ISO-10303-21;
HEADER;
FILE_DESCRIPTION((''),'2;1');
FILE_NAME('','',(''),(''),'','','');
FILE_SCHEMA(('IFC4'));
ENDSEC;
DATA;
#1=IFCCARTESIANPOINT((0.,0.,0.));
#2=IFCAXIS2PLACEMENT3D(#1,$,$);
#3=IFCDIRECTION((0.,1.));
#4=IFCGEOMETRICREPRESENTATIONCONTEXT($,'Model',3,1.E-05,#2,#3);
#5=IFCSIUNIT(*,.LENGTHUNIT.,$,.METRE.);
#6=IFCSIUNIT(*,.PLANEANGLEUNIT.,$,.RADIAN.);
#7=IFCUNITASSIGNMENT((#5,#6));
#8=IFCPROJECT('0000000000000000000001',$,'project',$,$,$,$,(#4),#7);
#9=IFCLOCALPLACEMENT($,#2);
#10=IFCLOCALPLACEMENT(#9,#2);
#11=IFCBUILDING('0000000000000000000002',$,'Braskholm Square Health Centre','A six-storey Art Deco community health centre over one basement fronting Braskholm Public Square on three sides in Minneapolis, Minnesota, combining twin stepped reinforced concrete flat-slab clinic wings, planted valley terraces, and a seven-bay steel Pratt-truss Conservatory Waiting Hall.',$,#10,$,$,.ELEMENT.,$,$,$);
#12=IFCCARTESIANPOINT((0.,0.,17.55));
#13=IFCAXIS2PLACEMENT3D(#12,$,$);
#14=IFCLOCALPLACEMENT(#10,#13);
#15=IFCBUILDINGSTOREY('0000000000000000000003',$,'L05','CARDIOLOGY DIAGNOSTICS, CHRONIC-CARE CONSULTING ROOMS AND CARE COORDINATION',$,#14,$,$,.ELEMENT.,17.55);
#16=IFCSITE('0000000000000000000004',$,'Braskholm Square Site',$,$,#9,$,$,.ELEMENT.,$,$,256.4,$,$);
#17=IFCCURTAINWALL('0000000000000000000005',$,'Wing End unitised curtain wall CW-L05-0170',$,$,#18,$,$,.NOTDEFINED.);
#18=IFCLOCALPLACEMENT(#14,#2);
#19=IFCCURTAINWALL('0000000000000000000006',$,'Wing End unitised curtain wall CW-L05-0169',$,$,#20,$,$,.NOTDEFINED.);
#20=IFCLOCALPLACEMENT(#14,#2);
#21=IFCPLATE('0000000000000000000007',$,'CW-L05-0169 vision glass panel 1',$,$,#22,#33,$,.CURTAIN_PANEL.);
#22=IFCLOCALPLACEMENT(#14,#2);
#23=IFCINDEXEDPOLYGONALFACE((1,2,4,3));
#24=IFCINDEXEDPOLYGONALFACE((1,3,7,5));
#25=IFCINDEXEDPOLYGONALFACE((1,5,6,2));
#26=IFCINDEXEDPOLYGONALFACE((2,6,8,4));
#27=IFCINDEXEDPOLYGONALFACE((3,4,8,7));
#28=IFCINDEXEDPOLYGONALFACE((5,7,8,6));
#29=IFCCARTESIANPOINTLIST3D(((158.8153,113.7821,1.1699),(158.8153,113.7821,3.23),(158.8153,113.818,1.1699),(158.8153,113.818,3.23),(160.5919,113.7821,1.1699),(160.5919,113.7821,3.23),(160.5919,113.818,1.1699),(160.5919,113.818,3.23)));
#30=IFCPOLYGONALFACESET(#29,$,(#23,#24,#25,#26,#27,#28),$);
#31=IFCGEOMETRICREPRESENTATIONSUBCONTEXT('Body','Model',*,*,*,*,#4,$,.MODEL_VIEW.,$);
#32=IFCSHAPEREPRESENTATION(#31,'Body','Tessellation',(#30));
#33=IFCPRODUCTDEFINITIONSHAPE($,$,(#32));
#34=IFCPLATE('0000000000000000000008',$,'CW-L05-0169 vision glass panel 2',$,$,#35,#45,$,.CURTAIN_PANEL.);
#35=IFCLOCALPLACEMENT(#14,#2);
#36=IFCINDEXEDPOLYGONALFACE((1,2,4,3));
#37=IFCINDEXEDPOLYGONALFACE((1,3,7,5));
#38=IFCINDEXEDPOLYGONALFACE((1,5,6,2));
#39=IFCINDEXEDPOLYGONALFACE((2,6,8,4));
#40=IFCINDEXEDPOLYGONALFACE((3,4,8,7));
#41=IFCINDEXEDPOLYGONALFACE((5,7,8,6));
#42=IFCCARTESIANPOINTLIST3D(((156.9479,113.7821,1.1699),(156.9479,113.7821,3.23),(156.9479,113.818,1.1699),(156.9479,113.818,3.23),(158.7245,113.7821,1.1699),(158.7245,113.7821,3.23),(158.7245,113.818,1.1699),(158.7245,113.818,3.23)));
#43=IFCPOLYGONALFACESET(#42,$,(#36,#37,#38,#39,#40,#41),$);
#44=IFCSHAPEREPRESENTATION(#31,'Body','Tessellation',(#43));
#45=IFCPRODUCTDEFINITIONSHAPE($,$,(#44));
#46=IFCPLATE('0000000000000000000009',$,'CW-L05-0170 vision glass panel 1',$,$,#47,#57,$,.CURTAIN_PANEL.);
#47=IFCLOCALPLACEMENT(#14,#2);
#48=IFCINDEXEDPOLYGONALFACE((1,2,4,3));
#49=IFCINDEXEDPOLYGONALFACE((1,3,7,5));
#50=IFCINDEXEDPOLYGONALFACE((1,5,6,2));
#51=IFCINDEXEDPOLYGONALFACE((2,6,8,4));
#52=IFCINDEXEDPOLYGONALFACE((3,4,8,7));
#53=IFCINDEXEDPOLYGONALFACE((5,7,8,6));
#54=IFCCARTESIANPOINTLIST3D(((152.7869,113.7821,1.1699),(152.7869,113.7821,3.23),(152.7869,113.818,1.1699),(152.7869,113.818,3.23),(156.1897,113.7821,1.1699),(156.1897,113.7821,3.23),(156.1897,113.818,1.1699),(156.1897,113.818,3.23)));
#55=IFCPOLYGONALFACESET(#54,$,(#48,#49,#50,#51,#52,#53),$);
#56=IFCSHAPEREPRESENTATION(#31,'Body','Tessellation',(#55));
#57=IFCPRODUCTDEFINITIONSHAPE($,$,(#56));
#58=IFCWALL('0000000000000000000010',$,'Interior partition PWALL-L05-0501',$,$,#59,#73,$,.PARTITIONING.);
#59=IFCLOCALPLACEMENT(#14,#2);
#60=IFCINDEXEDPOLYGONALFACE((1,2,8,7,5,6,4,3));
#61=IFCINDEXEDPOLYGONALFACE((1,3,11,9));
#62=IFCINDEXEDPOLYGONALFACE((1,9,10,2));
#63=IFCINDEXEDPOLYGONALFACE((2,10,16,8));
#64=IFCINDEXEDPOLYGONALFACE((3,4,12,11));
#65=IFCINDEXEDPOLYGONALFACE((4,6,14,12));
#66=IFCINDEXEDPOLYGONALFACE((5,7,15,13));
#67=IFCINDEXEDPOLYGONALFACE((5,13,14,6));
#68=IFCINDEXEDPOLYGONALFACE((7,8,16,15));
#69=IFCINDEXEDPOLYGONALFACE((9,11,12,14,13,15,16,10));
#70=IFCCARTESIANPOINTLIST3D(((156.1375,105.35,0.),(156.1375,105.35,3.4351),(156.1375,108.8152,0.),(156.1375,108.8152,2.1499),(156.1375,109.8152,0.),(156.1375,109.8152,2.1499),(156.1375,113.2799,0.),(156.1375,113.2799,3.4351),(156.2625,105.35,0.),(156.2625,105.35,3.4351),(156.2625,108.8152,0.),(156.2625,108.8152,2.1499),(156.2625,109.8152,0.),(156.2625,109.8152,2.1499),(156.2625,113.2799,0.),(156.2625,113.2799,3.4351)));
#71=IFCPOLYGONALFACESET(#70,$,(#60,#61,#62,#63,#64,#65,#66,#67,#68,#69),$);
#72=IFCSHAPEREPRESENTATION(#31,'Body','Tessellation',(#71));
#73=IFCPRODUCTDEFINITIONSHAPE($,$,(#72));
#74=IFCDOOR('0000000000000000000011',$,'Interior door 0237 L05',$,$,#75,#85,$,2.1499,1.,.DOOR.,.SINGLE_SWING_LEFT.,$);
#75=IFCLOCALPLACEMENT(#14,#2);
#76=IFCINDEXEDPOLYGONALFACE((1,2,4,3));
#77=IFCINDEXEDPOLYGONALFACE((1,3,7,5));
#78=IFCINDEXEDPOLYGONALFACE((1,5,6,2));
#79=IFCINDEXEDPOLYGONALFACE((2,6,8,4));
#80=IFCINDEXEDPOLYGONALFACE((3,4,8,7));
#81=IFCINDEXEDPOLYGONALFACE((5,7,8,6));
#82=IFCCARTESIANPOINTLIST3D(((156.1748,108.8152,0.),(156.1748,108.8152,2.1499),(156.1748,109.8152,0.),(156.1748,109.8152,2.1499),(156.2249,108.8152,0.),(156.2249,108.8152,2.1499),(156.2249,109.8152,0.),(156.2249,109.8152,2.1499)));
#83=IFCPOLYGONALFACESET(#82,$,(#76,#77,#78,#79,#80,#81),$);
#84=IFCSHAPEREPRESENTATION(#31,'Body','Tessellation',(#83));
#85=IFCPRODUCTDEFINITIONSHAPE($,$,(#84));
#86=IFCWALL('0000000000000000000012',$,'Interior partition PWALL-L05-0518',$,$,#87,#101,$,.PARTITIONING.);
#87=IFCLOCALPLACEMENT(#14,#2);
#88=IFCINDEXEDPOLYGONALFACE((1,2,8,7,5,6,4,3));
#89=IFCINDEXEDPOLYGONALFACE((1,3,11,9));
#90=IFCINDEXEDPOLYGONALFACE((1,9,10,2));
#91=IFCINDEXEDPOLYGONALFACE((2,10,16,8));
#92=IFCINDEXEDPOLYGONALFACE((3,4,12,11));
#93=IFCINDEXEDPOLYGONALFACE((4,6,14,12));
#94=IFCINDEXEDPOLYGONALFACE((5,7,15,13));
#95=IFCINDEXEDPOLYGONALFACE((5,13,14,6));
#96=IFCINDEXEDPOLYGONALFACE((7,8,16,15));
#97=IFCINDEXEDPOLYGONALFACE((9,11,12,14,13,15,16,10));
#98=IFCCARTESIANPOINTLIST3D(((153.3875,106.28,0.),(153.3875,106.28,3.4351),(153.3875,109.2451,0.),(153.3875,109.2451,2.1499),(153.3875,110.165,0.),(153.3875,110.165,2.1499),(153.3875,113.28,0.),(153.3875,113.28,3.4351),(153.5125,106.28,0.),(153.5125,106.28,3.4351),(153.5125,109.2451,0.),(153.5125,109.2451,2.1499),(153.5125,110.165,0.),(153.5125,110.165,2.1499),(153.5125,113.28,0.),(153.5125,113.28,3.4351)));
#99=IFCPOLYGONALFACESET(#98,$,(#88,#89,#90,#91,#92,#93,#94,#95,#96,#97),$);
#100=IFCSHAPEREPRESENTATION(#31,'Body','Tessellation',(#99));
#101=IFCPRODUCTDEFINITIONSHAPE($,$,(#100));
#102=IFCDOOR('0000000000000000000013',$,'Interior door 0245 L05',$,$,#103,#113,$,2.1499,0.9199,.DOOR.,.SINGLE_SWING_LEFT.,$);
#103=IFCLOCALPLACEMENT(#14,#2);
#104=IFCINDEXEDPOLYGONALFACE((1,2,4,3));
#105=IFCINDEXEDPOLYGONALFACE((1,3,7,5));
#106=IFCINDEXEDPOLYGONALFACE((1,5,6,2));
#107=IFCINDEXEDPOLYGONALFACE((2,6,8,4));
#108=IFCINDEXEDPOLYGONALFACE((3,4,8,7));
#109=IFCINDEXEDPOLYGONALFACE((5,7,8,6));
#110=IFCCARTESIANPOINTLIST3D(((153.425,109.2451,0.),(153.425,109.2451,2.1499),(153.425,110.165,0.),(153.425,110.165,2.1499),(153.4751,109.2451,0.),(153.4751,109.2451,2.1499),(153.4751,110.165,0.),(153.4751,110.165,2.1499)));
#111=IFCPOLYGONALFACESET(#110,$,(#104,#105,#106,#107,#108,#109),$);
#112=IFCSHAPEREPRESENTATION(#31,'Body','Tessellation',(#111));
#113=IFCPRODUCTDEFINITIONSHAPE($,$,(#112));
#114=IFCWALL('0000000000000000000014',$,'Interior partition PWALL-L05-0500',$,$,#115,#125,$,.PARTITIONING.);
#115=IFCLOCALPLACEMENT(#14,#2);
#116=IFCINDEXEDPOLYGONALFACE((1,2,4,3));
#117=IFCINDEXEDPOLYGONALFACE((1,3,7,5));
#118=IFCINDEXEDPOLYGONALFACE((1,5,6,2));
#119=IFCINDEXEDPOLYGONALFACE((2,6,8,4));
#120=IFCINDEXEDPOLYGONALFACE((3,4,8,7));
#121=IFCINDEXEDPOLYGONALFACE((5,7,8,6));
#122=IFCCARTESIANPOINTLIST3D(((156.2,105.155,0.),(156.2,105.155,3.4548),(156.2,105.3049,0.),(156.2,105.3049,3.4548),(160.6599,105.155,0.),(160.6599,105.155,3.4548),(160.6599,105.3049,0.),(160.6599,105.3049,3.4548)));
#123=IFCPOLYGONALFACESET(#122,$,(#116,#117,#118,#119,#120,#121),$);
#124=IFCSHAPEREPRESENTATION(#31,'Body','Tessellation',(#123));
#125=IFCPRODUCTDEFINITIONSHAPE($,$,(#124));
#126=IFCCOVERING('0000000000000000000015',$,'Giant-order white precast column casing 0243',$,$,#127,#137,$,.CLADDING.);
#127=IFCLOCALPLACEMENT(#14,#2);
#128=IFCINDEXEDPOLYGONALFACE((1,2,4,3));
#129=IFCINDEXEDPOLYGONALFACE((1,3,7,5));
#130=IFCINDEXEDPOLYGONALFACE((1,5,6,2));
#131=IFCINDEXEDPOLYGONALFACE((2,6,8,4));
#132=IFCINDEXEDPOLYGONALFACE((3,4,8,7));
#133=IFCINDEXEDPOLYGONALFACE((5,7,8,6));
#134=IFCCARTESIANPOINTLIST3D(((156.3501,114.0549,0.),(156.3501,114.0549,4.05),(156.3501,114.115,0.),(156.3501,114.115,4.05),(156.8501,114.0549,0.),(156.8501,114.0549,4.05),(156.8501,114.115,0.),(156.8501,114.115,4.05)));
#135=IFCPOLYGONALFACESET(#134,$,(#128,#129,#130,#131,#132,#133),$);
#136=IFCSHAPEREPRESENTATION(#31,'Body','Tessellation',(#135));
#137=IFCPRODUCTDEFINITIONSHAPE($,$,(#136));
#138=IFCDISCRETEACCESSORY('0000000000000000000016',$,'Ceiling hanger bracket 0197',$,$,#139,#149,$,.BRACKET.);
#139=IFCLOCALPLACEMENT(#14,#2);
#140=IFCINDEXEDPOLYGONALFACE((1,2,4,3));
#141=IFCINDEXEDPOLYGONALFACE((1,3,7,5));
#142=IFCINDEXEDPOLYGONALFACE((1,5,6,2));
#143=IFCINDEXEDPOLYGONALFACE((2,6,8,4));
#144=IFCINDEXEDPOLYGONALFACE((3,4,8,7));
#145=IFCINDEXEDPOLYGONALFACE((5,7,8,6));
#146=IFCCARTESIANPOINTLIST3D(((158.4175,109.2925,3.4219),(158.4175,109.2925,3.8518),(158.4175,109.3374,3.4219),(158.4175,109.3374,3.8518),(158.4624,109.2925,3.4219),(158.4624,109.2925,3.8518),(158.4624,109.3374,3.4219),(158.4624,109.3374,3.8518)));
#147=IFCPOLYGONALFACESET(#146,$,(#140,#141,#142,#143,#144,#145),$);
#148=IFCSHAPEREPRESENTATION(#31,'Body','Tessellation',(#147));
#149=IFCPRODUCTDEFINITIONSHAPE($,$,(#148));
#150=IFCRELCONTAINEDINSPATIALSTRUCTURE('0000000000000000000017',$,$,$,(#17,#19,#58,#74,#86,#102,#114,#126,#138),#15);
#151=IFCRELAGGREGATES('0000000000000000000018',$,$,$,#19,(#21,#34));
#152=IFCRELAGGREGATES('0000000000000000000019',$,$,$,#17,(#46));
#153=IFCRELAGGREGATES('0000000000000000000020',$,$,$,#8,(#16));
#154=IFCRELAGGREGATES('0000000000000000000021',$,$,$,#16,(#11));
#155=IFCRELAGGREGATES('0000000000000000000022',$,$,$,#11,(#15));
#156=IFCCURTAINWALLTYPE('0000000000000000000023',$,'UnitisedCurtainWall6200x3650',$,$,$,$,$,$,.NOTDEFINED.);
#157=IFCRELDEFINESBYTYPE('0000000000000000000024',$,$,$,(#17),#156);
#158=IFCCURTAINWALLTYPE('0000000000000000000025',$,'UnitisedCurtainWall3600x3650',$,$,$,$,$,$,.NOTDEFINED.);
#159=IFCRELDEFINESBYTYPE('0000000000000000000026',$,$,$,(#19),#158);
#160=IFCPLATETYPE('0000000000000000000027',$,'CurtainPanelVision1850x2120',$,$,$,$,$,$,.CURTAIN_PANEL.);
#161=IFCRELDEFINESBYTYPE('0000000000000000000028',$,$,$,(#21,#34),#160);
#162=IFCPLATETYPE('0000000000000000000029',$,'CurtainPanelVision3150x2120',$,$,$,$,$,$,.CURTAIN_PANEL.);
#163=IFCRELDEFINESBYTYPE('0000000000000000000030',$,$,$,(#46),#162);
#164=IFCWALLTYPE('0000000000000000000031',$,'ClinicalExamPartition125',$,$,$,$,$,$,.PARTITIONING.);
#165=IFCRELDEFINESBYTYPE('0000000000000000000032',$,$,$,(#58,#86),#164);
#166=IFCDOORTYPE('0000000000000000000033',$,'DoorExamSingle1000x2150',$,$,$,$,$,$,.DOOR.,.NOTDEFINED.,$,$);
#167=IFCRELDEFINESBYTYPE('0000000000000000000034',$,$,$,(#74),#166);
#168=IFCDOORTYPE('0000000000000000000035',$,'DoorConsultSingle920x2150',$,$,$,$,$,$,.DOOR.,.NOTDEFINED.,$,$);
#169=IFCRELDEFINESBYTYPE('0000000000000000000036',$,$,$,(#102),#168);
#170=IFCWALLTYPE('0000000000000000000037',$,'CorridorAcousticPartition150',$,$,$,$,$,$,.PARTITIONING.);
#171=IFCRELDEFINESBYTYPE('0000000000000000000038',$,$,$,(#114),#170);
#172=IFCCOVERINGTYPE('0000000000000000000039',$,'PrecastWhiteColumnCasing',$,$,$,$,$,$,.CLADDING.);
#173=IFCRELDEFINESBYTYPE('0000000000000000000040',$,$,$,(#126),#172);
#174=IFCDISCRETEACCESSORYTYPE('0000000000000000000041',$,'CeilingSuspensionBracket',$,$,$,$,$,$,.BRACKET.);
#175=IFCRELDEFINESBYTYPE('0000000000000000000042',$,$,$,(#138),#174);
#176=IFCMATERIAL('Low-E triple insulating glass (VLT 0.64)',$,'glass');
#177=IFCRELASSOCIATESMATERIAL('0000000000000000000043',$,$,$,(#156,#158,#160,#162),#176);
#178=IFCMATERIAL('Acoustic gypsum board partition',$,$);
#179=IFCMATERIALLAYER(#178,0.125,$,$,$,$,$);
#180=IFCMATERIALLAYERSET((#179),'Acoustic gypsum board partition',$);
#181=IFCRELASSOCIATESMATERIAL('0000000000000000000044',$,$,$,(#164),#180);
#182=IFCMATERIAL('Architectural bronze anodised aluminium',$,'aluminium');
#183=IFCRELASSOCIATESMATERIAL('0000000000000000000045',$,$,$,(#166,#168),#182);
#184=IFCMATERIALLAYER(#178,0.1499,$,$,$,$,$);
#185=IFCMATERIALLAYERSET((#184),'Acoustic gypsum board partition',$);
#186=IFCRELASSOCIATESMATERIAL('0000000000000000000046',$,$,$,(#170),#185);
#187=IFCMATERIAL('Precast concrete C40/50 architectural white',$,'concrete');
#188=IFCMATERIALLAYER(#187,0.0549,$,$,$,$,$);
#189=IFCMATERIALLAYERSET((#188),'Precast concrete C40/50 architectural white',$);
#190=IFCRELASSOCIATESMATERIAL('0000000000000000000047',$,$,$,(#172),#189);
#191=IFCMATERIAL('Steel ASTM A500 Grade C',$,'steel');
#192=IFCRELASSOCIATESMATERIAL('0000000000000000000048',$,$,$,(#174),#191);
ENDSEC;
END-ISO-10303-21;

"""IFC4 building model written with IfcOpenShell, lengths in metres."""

from ifc_helpers import new_model, si_unit, direction, frame, frame_2d, origin, origin_with_axes, origin_2d, place, context, subcontext, project, spatial, rectangle, extrude, material, layer, layer_set, type_object, element, fill, aggregate, save


model = new_model("IFC4")

# Units and contexts
model_context = context("Model", 3, precision=1e-05, world=origin(), true_north=direction((0.0, 1.0)))
body_context = subcontext(model_context, "Body", "Model", "MODEL_VIEW")
ifc_project = project(units=[si_unit("LENGTHUNIT", "METRE"), si_unit("PLANEANGLEUNIT", "RADIAN")], contexts=[model_context])

# Site, building, storey
site_placement = place(None, origin())
site = spatial("IfcSite", under=ifc_project, at=site_placement, Name="Braskholm Square Site", CompositionType="ELEMENT", RefElevation=256.4)
building_placement = place(site_placement, origin())
building = spatial("IfcBuilding", under=site, at=building_placement, Name="Braskholm Square Health Centre", Description="A six-storey Art Deco community health centre over one basement fronting Braskholm Public Square on three sides in Minneapolis, Minnesota, combining twin stepped reinforced concrete flat-slab clinic wings, planted valley terraces, and a seven-bay steel Pratt-truss Conservatory Waiting Hall.", CompositionType="ELEMENT")
storey_placement = place(building_placement, frame((0.0, 0.0, 17.55)))
storey = spatial("IfcBuildingStorey", under=building, at=storey_placement, Name="L05", Description="CARDIOLOGY DIAGNOSTICS, CHRONIC-CARE CONSULTING ROOMS AND CARE COORDINATION", CompositionType="ELEMENT", Elevation=17.55)

# Shared definitions
ifc_material_1 = material(Name="Precast concrete C40/50 architectural white", Category="concrete")

# Curtain wall
ifc_material_2 = material(Name="Low-E triple insulating glass (VLT 0.64)", Category="glass")
curtain_wall_type_1 = type_object("IfcCurtainWallType", Name="UnitisedCurtainWall6200x3650", PredefinedType="NOTDEFINED", material=ifc_material_2)
curtain_wall_1_placement = place(storey_placement, origin())
curtain_wall_1 = element("IfcCurtainWall", 1, at=curtain_wall_1_placement, inside=storey, type_object=curtain_wall_type_1, Name="Wing End unitised curtain wall CW-L05-0170", PredefinedType="NOTDEFINED")
ifc_material_3 = material(Name="Architectural bronze anodised aluminium", Category="aluminium")

# Curtain wall
curtain_wall_type_2 = type_object("IfcCurtainWallType", Name="UnitisedCurtainWall3600x3650", PredefinedType="NOTDEFINED", material=ifc_material_2)
curtain_wall_2_placement = place(storey_placement, origin())
curtain_wall_2 = element("IfcCurtainWall", 2, at=curtain_wall_2_placement, inside=storey, type_object=curtain_wall_type_2, Name="Wing End unitised curtain wall CW-L05-0169", PredefinedType="NOTDEFINED")

# Plates
plate_type_1 = type_object("IfcPlateType", Name="CurtainPanelVision1850x2120", PredefinedType="CURTAIN_PANEL", material=ifc_material_2)
plate_1_placement = place(storey_placement, frame((159.7036, 113.8, 1.1699), z_axis=(0.0, 0.0, 1.0), x_axis=(-1.0, 0.0, 0.0)))
plate_1 = element("IfcPlate", 3, at=plate_1_placement, type_object=plate_type_1, Name="CW-L05-0169 vision glass panel 1", PredefinedType="CURTAIN_PANEL", context=body_context, shape_type="SweptSolid", body=[
    extrude(rectangle(XDim=1.7766, YDim=0.0359, at=origin_2d()), origin(), (0.0, 0.0, 1.0), 2.0601),
])
plate_2_placement = place(storey_placement, frame((157.8362, 113.8, 1.1699), z_axis=(0.0, 0.0, 1.0), x_axis=(-1.0, 0.0, 0.0)))
plate_2 = element("IfcPlate", 4, at=plate_2_placement, type_object=plate_type_1, Name="CW-L05-0169 vision glass panel 2", PredefinedType="CURTAIN_PANEL", context=body_context, shape_type="SweptSolid", body=[
    extrude(rectangle(XDim=1.7766, YDim=0.0359, at=origin_2d()), origin(), (0.0, 0.0, 1.0), 2.0601),
])
aggregate(curtain_wall_2, [plate_1, plate_2])
plate_type_2 = type_object("IfcPlateType", Name="CurtainPanelVision3150x2120", PredefinedType="CURTAIN_PANEL", material=ifc_material_2)
plate_3_placement = place(storey_placement, frame((154.4883, 113.8, 1.1699), z_axis=(0.0, 0.0, 1.0), x_axis=(-1.0, 0.0, 0.0)))
plate_3 = element("IfcPlate", 5, at=plate_3_placement, type_object=plate_type_2, Name="CW-L05-0170 vision glass panel 1", PredefinedType="CURTAIN_PANEL", context=body_context, shape_type="SweptSolid", body=[
    extrude(rectangle(XDim=3.4028, YDim=0.0359, at=origin_2d()), origin(), (0.0, 0.0, 1.0), 2.0601),
])
aggregate(curtain_wall_1, [plate_3])

# Walls, openings, doors
ifc_material_4 = material(Name="Acoustic gypsum board partition")
ifc_layer_1 = layer(ifc_material_4, 0.125)
ifc_layer_set_1 = layer_set([ifc_layer_1], Name="Acoustic gypsum board partition")
wall_type_1 = type_object("IfcWallType", Name="ClinicalExamPartition125", PredefinedType="PARTITIONING", material=ifc_layer_set_1)
wall_1_placement = place(storey_placement, frame((156.2, 105.3501, 0.0), z_axis=(0.0, 0.0, 1.0), x_axis=(0.0, 1.0, 0.0)))
wall_1 = element("IfcWall", 6, at=wall_1_placement, inside=storey, type_object=wall_type_1, Name="Interior partition PWALL-L05-0501", PredefinedType="PARTITIONING", context=body_context, shape_type="SweptSolid", body=[
    extrude(rectangle(XDim=7.9299, YDim=0.125, at=frame_2d((3.9648, 0.0))), origin(), (0.0, 0.0, 1.0), 3.4351),
])
opening_1_placement = place(wall_1_placement, frame((3.4651, 0.0, 0.0)))
opening_1 = element("IfcOpeningElement", 7, at=opening_1_placement, cuts=wall_1, PredefinedType="OPENING", context=body_context, shape_type="SweptSolid", body=[
    extrude(rectangle(XDim=1.0, YDim=2.1499, at=frame_2d((0.5, 1.075))), frame((0.0, 0.0725, 0.0), z_axis=(0.0, -1.0, 0.0), x_axis=(1.0, 0.0, 0.0)), (0.0, 0.0, 1.0), 0.145),
])
door_type_1 = type_object("IfcDoorType", Name="DoorExamSingle1000x2150", OperationType="NOTDEFINED", PredefinedType="DOOR", material=ifc_material_3)
door_1_placement = place(opening_1_placement, frame((1.0, 0.0, 0.0), z_axis=(0.0, 0.0, 1.0), x_axis=(-1.0, 0.0, 0.0)))
door_1 = element("IfcDoor", 8, at=door_1_placement, inside=storey, type_object=door_type_1, Name="Interior door 0237 L05", OperationType="SINGLE_SWING_LEFT", OverallHeight=2.1499, OverallWidth=1.0, PredefinedType="DOOR", context=body_context, shape_type="SweptSolid", body=[
    extrude(rectangle(XDim=1.0, YDim=2.1499, at=frame_2d((0.5, 1.075))), frame((0.0, 0.0249, 0.0), z_axis=(0.0, -1.0, 0.0), x_axis=(1.0, 0.0, 0.0)), (0.0, 0.0, 1.0), 0.05),
])
fill(opening_1, door_1)
wall_2_placement = place(storey_placement, frame((153.45, 106.28, 0.0), z_axis=(0.0, 0.0, 1.0), x_axis=(0.0, 1.0, 0.0)))
wall_2 = element("IfcWall", 9, at=wall_2_placement, inside=storey, type_object=wall_type_1, Name="Interior partition PWALL-L05-0518", PredefinedType="PARTITIONING", context=body_context, shape_type="SweptSolid", body=[
    extrude(rectangle(XDim=7.0, YDim=0.125, at=frame_2d((3.5, 0.0))), origin(), (0.0, 0.0, 1.0), 3.4351),
])
opening_2_placement = place(wall_2_placement, frame((2.9651, 0.0, 0.0)))
opening_2 = element("IfcOpeningElement", 10, at=opening_2_placement, cuts=wall_2, PredefinedType="OPENING", context=body_context, shape_type="SweptSolid", body=[
    extrude(rectangle(XDim=0.9199, YDim=2.1499, at=frame_2d((0.46, 1.075))), frame((0.0, 0.0725, 0.0), z_axis=(0.0, -1.0, 0.0), x_axis=(1.0, 0.0, 0.0)), (0.0, 0.0, 1.0), 0.145),
])
door_type_2 = type_object("IfcDoorType", Name="DoorConsultSingle920x2150", OperationType="NOTDEFINED", PredefinedType="DOOR", material=ifc_material_3)
door_2_placement = place(opening_2_placement, origin_with_axes())
door_2 = element("IfcDoor", 11, at=door_2_placement, inside=storey, type_object=door_type_2, Name="Interior door 0245 L05", OperationType="SINGLE_SWING_LEFT", OverallHeight=2.1499, OverallWidth=0.9199, PredefinedType="DOOR", context=body_context, shape_type="SweptSolid", body=[
    extrude(rectangle(XDim=0.9199, YDim=2.1499, at=frame_2d((0.46, 1.075))), frame((0.0, 0.0249, 0.0), z_axis=(0.0, -1.0, 0.0), x_axis=(1.0, 0.0, 0.0)), (0.0, 0.0, 1.0), 0.05),
])
fill(opening_2, door_2)

# Wall
ifc_layer_2 = layer(ifc_material_4, 0.1499)
ifc_layer_set_2 = layer_set([ifc_layer_2], Name="Acoustic gypsum board partition")
wall_type_2 = type_object("IfcWallType", Name="CorridorAcousticPartition150", PredefinedType="PARTITIONING", material=ifc_layer_set_2)
wall_3_placement = place(storey_placement, frame((156.2, 105.23, 0.0), z_axis=(0.0, 0.0, 1.0), x_axis=(1.0, 0.0, 0.0)))
element("IfcWall", 12, at=wall_3_placement, inside=storey, type_object=wall_type_2, Name="Interior partition PWALL-L05-0500", PredefinedType="PARTITIONING", context=body_context, shape_type="SweptSolid", body=[
    extrude(rectangle(XDim=4.46, YDim=0.1499, at=frame_2d((2.23, 0.0))), origin(), (0.0, 0.0, 1.0), 3.4548),
])

# Covering
ifc_layer_3 = layer(ifc_material_1, 0.0549)
ifc_layer_set_3 = layer_set([ifc_layer_3], Name="Precast concrete C40/50 architectural white")
covering_type = type_object("IfcCoveringType", Name="PrecastWhiteColumnCasing", PredefinedType="CLADDING", material=ifc_layer_set_3)
covering_placement = place(storey_placement, frame((156.6001, 114.085, 0.0), z_axis=(0.0, 0.0, 1.0), x_axis=(1.0, 0.0, 0.0)))
element("IfcCovering", 13, at=covering_placement, inside=storey, type_object=covering_type, Name="Giant-order white precast column casing 0243", PredefinedType="CLADDING", context=body_context, shape_type="SweptSolid", body=[
    extrude(rectangle(XDim=0.5, YDim=0.0601, at=origin_2d()), origin(), (0.0, 0.0, 1.0), 4.05),
])

# Discrete accessory
ifc_material_5 = material(Name="Steel ASTM A500 Grade C", Category="steel")
discrete_accessory_type = type_object("IfcDiscreteAccessoryType", Name="CeilingSuspensionBracket", PredefinedType="BRACKET", material=ifc_material_5)
discrete_accessory_placement = place(storey_placement, frame((158.4399, 109.3149, 3.4219), z_axis=(0.0, 0.0, 1.0), x_axis=(1.0, 0.0, 0.0)))
element("IfcDiscreteAccessory", 14, at=discrete_accessory_placement, inside=storey, type_object=discrete_accessory_type, Name="Ceiling hanger bracket 0197", PredefinedType="BRACKET", context=body_context, shape_type="SweptSolid", body=[
    extrude(rectangle(XDim=0.0449, YDim=0.0449, at=origin_2d()), origin(), (0.0, 0.0, 1.0), 0.4299),
])

save(model, "model.ifc")
